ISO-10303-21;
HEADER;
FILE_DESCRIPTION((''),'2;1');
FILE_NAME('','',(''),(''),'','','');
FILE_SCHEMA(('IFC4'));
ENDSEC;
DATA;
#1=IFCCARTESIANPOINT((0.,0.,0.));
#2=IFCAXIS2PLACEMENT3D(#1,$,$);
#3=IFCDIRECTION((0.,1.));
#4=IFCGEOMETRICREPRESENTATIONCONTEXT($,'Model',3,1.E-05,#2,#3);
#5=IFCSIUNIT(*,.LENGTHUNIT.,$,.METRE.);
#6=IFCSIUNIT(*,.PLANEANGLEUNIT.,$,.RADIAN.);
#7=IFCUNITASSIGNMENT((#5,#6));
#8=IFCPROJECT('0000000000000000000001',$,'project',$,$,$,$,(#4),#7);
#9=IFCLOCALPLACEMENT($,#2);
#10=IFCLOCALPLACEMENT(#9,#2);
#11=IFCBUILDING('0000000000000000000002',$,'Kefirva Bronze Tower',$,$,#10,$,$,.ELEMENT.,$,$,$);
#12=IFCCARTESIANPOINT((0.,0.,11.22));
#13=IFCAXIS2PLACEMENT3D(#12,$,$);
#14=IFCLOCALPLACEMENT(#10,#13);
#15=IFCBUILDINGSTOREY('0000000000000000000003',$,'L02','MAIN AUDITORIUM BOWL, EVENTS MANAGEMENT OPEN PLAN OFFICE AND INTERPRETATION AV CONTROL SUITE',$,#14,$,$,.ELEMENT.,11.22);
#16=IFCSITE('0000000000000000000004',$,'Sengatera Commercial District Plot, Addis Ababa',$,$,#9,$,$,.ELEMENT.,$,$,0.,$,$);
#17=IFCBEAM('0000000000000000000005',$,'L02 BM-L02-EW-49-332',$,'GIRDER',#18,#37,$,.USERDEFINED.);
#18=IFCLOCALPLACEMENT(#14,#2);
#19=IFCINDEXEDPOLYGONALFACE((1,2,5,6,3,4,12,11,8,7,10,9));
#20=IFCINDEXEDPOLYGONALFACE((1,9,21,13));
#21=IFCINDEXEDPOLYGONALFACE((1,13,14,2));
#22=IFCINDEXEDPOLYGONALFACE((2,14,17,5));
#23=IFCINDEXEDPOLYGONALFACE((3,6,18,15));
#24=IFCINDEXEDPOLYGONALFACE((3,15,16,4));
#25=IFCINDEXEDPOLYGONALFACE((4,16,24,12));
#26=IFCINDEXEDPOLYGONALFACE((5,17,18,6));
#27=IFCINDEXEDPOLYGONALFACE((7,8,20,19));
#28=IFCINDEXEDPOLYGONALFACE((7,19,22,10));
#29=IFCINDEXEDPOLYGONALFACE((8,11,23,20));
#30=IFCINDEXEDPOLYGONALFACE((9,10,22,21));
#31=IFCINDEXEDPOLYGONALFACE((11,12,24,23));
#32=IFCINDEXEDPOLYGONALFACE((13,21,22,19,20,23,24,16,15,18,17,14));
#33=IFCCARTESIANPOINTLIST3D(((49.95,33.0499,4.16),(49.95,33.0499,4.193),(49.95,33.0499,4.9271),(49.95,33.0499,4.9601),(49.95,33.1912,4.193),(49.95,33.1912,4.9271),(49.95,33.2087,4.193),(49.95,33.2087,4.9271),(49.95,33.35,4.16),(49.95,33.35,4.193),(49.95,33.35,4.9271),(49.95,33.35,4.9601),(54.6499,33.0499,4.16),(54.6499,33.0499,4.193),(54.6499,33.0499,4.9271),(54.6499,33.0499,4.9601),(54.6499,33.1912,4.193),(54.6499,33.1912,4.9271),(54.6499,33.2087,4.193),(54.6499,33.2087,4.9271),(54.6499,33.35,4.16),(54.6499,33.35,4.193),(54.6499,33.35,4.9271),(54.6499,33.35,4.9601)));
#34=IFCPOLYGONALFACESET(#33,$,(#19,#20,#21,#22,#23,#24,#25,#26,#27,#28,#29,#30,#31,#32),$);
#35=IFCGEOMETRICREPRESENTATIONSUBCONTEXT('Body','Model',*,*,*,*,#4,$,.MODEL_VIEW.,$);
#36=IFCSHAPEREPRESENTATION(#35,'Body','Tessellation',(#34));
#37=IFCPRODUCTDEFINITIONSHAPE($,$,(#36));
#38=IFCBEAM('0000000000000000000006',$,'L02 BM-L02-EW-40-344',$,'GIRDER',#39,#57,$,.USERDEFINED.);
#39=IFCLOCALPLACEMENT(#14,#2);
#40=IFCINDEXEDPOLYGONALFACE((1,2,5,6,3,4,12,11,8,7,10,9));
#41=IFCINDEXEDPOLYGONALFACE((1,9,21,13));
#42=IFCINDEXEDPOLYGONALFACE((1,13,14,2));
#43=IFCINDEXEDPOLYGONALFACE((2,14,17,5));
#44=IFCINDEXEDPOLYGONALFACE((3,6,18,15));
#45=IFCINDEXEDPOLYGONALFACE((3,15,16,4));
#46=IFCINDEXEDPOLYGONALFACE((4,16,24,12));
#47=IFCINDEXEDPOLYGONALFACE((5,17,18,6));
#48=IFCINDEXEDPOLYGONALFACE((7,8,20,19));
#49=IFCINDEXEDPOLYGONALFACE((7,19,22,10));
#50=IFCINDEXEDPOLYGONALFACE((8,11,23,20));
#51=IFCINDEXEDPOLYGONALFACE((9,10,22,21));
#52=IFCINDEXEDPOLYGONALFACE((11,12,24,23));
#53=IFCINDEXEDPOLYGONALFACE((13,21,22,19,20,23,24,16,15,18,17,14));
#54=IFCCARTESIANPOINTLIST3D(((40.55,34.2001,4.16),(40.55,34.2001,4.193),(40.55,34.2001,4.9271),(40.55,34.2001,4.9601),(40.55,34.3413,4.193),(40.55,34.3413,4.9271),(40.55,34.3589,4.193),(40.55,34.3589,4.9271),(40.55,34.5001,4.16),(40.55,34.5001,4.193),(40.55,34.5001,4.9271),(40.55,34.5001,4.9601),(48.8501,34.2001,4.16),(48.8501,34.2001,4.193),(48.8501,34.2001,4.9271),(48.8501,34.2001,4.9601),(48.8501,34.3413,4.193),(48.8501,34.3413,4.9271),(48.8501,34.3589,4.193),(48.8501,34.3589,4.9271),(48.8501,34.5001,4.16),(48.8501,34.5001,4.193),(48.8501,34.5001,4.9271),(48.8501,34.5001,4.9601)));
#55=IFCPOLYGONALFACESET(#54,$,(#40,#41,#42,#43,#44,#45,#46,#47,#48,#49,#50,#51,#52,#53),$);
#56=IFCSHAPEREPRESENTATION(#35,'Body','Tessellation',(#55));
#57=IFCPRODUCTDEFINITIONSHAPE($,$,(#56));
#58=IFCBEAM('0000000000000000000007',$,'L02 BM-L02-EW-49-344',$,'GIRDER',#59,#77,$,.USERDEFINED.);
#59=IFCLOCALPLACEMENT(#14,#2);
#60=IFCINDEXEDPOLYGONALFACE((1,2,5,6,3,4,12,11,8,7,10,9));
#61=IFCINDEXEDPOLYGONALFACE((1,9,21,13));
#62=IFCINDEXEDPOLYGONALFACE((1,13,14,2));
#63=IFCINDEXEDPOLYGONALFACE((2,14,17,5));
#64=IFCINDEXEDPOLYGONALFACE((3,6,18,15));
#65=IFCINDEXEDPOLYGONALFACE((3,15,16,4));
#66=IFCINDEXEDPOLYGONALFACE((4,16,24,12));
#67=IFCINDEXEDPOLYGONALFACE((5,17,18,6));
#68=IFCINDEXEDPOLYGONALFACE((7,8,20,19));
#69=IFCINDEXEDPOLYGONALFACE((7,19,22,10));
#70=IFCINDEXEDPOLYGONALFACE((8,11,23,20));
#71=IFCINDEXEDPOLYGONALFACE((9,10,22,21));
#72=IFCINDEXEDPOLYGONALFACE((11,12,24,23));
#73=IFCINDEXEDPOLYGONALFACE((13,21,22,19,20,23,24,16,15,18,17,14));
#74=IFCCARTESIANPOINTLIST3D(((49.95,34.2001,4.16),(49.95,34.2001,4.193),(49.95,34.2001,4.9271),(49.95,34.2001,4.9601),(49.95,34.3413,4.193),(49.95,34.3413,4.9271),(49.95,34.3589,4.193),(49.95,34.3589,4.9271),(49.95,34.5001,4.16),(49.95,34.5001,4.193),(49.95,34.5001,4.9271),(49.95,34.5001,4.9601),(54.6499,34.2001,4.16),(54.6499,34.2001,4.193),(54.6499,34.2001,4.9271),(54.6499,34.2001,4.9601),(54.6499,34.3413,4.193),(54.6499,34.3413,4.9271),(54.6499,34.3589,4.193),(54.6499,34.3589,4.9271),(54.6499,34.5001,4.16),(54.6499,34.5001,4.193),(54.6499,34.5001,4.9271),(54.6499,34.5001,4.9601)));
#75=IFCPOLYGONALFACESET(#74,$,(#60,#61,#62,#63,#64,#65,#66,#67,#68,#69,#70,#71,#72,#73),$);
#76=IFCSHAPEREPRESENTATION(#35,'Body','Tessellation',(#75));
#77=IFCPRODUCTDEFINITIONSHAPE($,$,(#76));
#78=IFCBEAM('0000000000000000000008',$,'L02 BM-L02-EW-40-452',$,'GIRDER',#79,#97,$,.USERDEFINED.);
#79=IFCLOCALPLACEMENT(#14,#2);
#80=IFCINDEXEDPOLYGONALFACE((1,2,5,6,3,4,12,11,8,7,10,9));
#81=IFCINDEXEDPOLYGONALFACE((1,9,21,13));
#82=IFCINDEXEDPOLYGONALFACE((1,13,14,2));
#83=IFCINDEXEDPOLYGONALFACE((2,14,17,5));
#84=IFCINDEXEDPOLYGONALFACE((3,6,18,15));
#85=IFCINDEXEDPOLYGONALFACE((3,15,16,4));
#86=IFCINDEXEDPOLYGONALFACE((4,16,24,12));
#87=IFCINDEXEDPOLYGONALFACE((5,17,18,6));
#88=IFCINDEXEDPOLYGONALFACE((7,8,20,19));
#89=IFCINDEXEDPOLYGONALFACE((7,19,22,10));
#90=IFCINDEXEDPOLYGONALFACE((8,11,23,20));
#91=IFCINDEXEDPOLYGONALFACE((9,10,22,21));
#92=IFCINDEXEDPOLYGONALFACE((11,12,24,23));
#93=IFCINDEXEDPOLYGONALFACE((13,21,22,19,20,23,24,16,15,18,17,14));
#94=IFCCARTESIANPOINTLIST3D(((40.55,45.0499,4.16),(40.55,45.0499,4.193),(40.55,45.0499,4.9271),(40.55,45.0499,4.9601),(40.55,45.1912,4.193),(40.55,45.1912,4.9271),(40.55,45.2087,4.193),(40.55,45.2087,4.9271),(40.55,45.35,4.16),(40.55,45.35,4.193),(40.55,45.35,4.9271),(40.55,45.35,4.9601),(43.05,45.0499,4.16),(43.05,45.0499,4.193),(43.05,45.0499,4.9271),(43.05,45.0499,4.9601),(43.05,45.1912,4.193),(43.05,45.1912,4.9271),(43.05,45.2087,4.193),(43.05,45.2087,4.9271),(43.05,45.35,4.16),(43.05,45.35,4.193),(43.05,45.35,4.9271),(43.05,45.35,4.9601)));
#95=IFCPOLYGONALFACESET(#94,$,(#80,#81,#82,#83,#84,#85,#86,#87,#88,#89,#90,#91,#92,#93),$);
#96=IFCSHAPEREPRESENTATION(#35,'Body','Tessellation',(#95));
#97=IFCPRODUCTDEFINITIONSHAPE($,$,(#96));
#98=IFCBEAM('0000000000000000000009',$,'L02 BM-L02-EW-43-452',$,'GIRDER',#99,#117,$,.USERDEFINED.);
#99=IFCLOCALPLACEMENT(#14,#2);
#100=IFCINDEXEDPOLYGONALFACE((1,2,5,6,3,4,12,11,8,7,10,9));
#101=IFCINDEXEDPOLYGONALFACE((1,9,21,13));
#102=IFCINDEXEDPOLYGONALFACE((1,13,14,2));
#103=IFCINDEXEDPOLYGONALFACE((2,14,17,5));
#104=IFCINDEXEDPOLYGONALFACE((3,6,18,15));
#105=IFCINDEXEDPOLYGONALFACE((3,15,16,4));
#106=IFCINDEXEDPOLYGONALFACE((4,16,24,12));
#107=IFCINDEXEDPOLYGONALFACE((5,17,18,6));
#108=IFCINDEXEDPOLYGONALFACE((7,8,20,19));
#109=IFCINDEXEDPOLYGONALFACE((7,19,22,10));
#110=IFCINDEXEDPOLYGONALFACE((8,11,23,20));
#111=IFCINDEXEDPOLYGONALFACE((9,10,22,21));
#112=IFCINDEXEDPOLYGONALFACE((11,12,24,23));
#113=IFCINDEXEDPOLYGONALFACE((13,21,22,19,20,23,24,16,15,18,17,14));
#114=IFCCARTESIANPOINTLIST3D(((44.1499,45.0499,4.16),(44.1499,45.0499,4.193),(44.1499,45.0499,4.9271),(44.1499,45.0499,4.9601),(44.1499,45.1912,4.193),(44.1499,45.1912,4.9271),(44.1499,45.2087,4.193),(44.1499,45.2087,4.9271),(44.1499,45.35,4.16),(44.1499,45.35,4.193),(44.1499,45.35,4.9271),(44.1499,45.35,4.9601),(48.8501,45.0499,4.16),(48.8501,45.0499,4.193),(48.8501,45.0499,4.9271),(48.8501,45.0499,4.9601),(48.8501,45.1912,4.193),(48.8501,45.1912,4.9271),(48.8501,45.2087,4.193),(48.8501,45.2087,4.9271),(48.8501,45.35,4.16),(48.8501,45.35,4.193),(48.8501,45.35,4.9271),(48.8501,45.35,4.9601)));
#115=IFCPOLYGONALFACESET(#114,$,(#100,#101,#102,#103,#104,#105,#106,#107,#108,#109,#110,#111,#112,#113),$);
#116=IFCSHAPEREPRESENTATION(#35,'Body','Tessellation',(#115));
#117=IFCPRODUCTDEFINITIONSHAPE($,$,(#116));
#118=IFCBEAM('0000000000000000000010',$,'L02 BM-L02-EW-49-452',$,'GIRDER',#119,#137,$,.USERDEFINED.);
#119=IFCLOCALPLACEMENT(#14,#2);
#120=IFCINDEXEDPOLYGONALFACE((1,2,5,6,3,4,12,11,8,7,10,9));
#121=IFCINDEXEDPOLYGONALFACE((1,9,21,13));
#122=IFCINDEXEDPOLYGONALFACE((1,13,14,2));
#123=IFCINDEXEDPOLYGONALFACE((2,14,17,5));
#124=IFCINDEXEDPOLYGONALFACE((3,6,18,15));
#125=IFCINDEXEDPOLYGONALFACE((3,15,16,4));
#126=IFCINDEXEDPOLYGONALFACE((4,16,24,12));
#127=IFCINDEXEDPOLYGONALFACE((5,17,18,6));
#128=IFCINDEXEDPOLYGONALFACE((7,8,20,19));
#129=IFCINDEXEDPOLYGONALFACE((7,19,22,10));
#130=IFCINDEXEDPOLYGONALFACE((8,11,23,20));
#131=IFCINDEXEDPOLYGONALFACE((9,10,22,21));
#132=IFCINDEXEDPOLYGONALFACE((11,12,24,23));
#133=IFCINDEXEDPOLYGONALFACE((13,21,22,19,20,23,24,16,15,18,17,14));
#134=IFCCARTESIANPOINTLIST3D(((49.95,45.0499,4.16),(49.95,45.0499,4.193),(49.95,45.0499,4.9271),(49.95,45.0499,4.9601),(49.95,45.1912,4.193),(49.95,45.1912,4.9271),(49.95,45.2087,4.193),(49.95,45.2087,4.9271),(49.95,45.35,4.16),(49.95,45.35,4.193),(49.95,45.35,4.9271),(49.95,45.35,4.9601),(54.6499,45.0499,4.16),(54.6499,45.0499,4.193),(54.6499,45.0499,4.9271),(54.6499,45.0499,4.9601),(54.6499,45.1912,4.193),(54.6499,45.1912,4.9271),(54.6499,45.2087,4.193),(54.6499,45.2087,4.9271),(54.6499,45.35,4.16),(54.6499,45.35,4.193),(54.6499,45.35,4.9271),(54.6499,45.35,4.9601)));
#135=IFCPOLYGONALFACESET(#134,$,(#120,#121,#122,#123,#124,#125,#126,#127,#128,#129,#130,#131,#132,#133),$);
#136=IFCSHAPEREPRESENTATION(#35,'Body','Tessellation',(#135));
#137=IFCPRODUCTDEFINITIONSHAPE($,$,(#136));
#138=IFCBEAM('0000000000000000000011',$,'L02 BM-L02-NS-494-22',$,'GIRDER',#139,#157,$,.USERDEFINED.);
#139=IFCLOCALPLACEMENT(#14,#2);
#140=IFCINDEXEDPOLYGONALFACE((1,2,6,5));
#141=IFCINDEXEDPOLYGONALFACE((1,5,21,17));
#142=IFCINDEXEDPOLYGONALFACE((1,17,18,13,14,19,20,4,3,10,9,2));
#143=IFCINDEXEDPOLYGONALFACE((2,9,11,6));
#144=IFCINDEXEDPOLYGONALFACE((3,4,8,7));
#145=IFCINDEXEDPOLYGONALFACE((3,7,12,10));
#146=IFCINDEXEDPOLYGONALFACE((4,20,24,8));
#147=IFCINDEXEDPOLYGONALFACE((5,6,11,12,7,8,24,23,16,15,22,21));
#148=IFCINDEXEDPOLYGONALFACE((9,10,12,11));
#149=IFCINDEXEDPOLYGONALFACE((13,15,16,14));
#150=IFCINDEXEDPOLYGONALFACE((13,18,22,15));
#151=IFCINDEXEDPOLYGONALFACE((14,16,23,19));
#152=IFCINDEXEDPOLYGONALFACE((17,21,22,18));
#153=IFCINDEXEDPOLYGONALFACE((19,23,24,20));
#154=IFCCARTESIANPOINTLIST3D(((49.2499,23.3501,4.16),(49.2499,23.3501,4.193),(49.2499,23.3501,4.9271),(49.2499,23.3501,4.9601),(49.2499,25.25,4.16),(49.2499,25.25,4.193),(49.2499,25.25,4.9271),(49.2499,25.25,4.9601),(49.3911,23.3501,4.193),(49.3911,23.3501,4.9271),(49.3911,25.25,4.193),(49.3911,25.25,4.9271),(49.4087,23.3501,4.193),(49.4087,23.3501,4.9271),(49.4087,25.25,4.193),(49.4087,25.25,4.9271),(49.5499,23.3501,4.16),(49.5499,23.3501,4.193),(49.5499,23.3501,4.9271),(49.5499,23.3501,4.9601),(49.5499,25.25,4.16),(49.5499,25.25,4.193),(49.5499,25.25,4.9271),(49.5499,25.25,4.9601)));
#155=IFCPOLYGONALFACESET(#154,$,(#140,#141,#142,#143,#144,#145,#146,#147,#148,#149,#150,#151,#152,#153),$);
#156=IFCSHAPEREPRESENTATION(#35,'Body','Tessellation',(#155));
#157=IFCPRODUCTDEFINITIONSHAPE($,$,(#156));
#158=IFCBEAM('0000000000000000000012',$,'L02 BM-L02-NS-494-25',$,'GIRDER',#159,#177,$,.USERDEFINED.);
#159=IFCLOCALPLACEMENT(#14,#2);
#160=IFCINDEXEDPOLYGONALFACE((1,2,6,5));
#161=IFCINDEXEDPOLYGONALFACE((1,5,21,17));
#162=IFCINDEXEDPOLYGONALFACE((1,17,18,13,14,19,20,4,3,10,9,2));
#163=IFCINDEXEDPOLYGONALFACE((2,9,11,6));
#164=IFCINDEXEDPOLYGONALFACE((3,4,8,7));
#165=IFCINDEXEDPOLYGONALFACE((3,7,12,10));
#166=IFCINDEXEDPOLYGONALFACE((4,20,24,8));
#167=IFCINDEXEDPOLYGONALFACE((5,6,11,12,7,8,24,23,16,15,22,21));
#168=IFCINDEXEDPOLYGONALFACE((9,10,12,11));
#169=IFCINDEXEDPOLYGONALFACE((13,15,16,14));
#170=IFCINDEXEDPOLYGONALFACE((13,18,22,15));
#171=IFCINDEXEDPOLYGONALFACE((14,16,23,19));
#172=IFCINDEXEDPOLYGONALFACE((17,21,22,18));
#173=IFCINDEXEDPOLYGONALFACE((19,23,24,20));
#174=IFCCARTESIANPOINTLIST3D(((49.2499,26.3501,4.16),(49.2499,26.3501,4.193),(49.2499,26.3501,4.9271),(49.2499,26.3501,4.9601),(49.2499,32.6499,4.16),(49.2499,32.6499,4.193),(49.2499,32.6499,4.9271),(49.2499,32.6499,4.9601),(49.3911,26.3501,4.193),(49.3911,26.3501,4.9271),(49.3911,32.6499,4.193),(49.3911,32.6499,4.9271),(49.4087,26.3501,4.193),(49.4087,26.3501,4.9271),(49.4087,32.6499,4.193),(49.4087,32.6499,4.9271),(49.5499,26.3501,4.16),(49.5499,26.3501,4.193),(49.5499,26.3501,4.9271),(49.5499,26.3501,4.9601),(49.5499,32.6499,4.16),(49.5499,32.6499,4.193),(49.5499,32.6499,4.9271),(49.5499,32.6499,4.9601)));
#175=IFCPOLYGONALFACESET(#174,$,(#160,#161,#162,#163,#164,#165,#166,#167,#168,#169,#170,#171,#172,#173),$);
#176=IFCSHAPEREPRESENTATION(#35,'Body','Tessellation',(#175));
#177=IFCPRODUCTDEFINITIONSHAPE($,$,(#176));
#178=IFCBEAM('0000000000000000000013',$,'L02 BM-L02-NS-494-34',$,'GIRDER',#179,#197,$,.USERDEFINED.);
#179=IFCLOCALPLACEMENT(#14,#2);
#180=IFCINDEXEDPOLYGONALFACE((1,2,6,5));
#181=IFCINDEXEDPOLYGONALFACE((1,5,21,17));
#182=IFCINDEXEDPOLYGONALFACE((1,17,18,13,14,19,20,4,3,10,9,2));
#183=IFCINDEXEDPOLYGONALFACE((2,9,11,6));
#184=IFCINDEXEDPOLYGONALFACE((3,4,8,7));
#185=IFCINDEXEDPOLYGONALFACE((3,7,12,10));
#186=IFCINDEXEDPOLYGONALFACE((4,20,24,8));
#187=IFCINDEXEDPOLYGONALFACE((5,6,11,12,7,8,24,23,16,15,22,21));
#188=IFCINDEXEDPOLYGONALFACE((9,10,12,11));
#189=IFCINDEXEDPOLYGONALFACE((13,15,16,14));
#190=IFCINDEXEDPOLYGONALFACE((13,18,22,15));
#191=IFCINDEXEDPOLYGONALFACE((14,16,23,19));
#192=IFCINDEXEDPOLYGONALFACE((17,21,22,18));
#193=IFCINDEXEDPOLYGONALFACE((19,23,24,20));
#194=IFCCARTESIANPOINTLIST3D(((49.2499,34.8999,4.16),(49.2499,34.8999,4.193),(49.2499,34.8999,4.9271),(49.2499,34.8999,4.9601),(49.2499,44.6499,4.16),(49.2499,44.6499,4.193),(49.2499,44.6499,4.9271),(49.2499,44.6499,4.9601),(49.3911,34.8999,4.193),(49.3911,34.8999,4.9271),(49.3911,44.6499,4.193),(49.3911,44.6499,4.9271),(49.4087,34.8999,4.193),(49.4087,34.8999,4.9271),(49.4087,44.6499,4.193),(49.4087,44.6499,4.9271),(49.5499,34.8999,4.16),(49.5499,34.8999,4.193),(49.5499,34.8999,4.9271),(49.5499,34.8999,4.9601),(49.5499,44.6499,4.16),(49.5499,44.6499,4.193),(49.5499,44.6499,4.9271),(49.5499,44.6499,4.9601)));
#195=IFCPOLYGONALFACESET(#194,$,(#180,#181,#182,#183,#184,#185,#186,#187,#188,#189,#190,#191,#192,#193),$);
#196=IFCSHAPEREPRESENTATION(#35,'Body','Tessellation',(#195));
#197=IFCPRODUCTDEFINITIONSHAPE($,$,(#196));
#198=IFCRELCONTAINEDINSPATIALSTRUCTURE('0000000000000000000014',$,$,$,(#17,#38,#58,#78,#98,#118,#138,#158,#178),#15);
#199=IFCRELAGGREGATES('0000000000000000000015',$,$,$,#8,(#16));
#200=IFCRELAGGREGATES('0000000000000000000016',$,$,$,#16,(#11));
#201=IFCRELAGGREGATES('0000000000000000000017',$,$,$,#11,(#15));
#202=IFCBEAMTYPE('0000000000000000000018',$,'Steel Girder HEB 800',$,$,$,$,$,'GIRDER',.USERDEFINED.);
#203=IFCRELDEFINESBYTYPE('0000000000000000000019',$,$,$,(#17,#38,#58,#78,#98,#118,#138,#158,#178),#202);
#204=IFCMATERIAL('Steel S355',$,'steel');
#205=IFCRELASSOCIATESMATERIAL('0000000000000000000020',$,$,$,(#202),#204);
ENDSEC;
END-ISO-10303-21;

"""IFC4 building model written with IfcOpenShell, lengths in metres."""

from ifc_helpers import new_model, si_unit, direction, frame, origin, origin_2d, place, context, subcontext, project, spatial, i_section, extrude, material, material_profile, profile_set, type_object, element, save


model = new_model("IFC4")

# Units and contexts
model_context = context("Model", 3, precision=1e-05, world=origin(), true_north=direction((0.0, 1.0)))
body_context = subcontext(model_context, "Body", "Model", "MODEL_VIEW")
ifc_project = project(units=[si_unit("LENGTHUNIT", "METRE"), si_unit("PLANEANGLEUNIT", "RADIAN")], contexts=[model_context])

# Site, building, storey
site_placement = place(None, origin())
site = spatial("IfcSite", under=ifc_project, at=site_placement, Name="Sengatera Commercial District Plot, Addis Ababa", CompositionType="ELEMENT", RefElevation=0.0)
building_placement = place(site_placement, origin())
building = spatial("IfcBuilding", under=site, at=building_placement, Name="Kefirva Bronze Tower", CompositionType="ELEMENT")
storey_placement = place(building_placement, frame((0.0, 0.0, 11.22)))
storey = spatial("IfcBuildingStorey", under=building, at=storey_placement, Name="L02", Description="MAIN AUDITORIUM BOWL, EVENTS MANAGEMENT OPEN PLAN OFFICE AND INTERPRETATION AV CONTROL SUITE", CompositionType="ELEMENT", Elevation=11.22)

# Beams
ifc_material_1 = material(Name="Steel S355", Category="steel")
ifc_material_profile_1 = material_profile(ifc_material_1, i_section(OverallWidth=0.3, OverallDepth=0.8, WebThickness=0.0176, FlangeThickness=0.033, at=origin_2d()), Name="HEB 800")
ifc_profile_set_1 = profile_set([ifc_material_profile_1], Name="Steel S355")
beam_type_1 = type_object("IfcBeamType", Name="Steel Girder HEB 800", ElementType="GIRDER", PredefinedType="USERDEFINED", material=ifc_profile_set_1)
beam_1_placement = place(storey_placement, frame((49.95, 33.2, 4.5601), z_axis=(1.0, 0.0, 0.0), x_axis=(0.0, 1.0, 0.0)))
element("IfcBeam", 1, at=beam_1_placement, inside=storey, type_object=beam_type_1, Name="L02 BM-L02-EW-49-332", ObjectType="GIRDER", PredefinedType="USERDEFINED", context=body_context, shape_type="SweptSolid", body=[
    extrude(i_section(OverallWidth=0.3, OverallDepth=0.8, WebThickness=0.0176, FlangeThickness=0.033, at=origin_2d()), origin(), (0.0, 0.0, 1.0), 4.7),
])
beam_2_placement = place(storey_placement, frame((40.55, 34.3501, 4.5601), z_axis=(1.0, 0.0, 0.0), x_axis=(0.0, 1.0, 0.0)))
element("IfcBeam", 2, at=beam_2_placement, inside=storey, type_object=beam_type_1, Name="L02 BM-L02-EW-40-344", ObjectType="GIRDER", PredefinedType="USERDEFINED", context=body_context, shape_type="SweptSolid", body=[
    extrude(i_section(OverallWidth=0.3, OverallDepth=0.8, WebThickness=0.0176, FlangeThickness=0.033, at=origin_2d()), origin(), (0.0, 0.0, 1.0), 8.3),
])
beam_3_placement = place(storey_placement, frame((49.95, 34.3501, 4.5601), z_axis=(1.0, 0.0, 0.0), x_axis=(0.0, 1.0, 0.0)))
element("IfcBeam", 3, at=beam_3_placement, inside=storey, type_object=beam_type_1, Name="L02 BM-L02-EW-49-344", ObjectType="GIRDER", PredefinedType="USERDEFINED", context=body_context, shape_type="SweptSolid", body=[
    extrude(i_section(OverallWidth=0.3, OverallDepth=0.8, WebThickness=0.0176, FlangeThickness=0.033, at=origin_2d()), origin(), (0.0, 0.0, 1.0), 4.7),
])
beam_4_placement = place(storey_placement, frame((40.55, 45.2, 4.5601), z_axis=(1.0, 0.0, 0.0), x_axis=(0.0, 1.0, 0.0)))
element("IfcBeam", 4, at=beam_4_placement, inside=storey, type_object=beam_type_1, Name="L02 BM-L02-EW-40-452", ObjectType="GIRDER", PredefinedType="USERDEFINED", context=body_context, shape_type="SweptSolid", body=[
    extrude(i_section(OverallWidth=0.3, OverallDepth=0.8, WebThickness=0.0176, FlangeThickness=0.033, at=origin_2d()), origin(), (0.0, 0.0, 1.0), 2.5),
])
beam_5_placement = place(storey_placement, frame((44.1499, 45.2, 4.5601), z_axis=(1.0, 0.0, 0.0), x_axis=(0.0, 1.0, 0.0)))
element("IfcBeam", 5, at=beam_5_placement, inside=storey, type_object=beam_type_1, Name="L02 BM-L02-EW-43-452", ObjectType="GIRDER", PredefinedType="USERDEFINED", context=body_context, shape_type="SweptSolid", body=[
    extrude(i_section(OverallWidth=0.3, OverallDepth=0.8, WebThickness=0.0176, FlangeThickness=0.033, at=origin_2d()), origin(), (0.0, 0.0, 1.0), 4.7002),
])
beam_6_placement = place(storey_placement, frame((49.95, 45.2, 4.5601), z_axis=(1.0, 0.0, 0.0), x_axis=(0.0, 1.0, 0.0)))
element("IfcBeam", 6, at=beam_6_placement, inside=storey, type_object=beam_type_1, Name="L02 BM-L02-EW-49-452", ObjectType="GIRDER", PredefinedType="USERDEFINED", context=body_context, shape_type="SweptSolid", body=[
    extrude(i_section(OverallWidth=0.3, OverallDepth=0.8, WebThickness=0.0176, FlangeThickness=0.033, at=origin_2d()), origin(), (0.0, 0.0, 1.0), 4.7),
])
beam_7_placement = place(storey_placement, frame((49.3999, 23.3501, 4.5601), z_axis=(0.0, 1.0, 0.0), x_axis=(-1.0, 0.0, 0.0)))
element("IfcBeam", 7, at=beam_7_placement, inside=storey, type_object=beam_type_1, Name="L02 BM-L02-NS-494-22", ObjectType="GIRDER", PredefinedType="USERDEFINED", context=body_context, shape_type="SweptSolid", body=[
    extrude(i_section(OverallWidth=0.3, OverallDepth=0.8, WebThickness=0.0176, FlangeThickness=0.033, at=origin_2d()), origin(), (0.0, 0.0, 1.0), 1.8999),
])
beam_8_placement = place(storey_placement, frame((49.3999, 26.3501, 4.5601), z_axis=(0.0, 1.0, 0.0), x_axis=(-1.0, 0.0, 0.0)))
element("IfcBeam", 8, at=beam_8_placement, inside=storey, type_object=beam_type_1, Name="L02 BM-L02-NS-494-25", ObjectType="GIRDER", PredefinedType="USERDEFINED", context=body_context, shape_type="SweptSolid", body=[
    extrude(i_section(OverallWidth=0.3, OverallDepth=0.8, WebThickness=0.0176, FlangeThickness=0.033, at=origin_2d()), origin(), (0.0, 0.0, 1.0), 6.2998),
])
beam_9_placement = place(storey_placement, frame((49.3999, 34.8999, 4.5601), z_axis=(0.0, 1.0, 0.0), x_axis=(-1.0, 0.0, 0.0)))
element("IfcBeam", 9, at=beam_9_placement, inside=storey, type_object=beam_type_1, Name="L02 BM-L02-NS-494-34", ObjectType="GIRDER", PredefinedType="USERDEFINED", context=body_context, shape_type="SweptSolid", body=[
    extrude(i_section(OverallWidth=0.3, OverallDepth=0.8, WebThickness=0.0176, FlangeThickness=0.033, at=origin_2d()), origin(), (0.0, 0.0, 1.0), 9.75),
])

save(model, "model.ifc")
